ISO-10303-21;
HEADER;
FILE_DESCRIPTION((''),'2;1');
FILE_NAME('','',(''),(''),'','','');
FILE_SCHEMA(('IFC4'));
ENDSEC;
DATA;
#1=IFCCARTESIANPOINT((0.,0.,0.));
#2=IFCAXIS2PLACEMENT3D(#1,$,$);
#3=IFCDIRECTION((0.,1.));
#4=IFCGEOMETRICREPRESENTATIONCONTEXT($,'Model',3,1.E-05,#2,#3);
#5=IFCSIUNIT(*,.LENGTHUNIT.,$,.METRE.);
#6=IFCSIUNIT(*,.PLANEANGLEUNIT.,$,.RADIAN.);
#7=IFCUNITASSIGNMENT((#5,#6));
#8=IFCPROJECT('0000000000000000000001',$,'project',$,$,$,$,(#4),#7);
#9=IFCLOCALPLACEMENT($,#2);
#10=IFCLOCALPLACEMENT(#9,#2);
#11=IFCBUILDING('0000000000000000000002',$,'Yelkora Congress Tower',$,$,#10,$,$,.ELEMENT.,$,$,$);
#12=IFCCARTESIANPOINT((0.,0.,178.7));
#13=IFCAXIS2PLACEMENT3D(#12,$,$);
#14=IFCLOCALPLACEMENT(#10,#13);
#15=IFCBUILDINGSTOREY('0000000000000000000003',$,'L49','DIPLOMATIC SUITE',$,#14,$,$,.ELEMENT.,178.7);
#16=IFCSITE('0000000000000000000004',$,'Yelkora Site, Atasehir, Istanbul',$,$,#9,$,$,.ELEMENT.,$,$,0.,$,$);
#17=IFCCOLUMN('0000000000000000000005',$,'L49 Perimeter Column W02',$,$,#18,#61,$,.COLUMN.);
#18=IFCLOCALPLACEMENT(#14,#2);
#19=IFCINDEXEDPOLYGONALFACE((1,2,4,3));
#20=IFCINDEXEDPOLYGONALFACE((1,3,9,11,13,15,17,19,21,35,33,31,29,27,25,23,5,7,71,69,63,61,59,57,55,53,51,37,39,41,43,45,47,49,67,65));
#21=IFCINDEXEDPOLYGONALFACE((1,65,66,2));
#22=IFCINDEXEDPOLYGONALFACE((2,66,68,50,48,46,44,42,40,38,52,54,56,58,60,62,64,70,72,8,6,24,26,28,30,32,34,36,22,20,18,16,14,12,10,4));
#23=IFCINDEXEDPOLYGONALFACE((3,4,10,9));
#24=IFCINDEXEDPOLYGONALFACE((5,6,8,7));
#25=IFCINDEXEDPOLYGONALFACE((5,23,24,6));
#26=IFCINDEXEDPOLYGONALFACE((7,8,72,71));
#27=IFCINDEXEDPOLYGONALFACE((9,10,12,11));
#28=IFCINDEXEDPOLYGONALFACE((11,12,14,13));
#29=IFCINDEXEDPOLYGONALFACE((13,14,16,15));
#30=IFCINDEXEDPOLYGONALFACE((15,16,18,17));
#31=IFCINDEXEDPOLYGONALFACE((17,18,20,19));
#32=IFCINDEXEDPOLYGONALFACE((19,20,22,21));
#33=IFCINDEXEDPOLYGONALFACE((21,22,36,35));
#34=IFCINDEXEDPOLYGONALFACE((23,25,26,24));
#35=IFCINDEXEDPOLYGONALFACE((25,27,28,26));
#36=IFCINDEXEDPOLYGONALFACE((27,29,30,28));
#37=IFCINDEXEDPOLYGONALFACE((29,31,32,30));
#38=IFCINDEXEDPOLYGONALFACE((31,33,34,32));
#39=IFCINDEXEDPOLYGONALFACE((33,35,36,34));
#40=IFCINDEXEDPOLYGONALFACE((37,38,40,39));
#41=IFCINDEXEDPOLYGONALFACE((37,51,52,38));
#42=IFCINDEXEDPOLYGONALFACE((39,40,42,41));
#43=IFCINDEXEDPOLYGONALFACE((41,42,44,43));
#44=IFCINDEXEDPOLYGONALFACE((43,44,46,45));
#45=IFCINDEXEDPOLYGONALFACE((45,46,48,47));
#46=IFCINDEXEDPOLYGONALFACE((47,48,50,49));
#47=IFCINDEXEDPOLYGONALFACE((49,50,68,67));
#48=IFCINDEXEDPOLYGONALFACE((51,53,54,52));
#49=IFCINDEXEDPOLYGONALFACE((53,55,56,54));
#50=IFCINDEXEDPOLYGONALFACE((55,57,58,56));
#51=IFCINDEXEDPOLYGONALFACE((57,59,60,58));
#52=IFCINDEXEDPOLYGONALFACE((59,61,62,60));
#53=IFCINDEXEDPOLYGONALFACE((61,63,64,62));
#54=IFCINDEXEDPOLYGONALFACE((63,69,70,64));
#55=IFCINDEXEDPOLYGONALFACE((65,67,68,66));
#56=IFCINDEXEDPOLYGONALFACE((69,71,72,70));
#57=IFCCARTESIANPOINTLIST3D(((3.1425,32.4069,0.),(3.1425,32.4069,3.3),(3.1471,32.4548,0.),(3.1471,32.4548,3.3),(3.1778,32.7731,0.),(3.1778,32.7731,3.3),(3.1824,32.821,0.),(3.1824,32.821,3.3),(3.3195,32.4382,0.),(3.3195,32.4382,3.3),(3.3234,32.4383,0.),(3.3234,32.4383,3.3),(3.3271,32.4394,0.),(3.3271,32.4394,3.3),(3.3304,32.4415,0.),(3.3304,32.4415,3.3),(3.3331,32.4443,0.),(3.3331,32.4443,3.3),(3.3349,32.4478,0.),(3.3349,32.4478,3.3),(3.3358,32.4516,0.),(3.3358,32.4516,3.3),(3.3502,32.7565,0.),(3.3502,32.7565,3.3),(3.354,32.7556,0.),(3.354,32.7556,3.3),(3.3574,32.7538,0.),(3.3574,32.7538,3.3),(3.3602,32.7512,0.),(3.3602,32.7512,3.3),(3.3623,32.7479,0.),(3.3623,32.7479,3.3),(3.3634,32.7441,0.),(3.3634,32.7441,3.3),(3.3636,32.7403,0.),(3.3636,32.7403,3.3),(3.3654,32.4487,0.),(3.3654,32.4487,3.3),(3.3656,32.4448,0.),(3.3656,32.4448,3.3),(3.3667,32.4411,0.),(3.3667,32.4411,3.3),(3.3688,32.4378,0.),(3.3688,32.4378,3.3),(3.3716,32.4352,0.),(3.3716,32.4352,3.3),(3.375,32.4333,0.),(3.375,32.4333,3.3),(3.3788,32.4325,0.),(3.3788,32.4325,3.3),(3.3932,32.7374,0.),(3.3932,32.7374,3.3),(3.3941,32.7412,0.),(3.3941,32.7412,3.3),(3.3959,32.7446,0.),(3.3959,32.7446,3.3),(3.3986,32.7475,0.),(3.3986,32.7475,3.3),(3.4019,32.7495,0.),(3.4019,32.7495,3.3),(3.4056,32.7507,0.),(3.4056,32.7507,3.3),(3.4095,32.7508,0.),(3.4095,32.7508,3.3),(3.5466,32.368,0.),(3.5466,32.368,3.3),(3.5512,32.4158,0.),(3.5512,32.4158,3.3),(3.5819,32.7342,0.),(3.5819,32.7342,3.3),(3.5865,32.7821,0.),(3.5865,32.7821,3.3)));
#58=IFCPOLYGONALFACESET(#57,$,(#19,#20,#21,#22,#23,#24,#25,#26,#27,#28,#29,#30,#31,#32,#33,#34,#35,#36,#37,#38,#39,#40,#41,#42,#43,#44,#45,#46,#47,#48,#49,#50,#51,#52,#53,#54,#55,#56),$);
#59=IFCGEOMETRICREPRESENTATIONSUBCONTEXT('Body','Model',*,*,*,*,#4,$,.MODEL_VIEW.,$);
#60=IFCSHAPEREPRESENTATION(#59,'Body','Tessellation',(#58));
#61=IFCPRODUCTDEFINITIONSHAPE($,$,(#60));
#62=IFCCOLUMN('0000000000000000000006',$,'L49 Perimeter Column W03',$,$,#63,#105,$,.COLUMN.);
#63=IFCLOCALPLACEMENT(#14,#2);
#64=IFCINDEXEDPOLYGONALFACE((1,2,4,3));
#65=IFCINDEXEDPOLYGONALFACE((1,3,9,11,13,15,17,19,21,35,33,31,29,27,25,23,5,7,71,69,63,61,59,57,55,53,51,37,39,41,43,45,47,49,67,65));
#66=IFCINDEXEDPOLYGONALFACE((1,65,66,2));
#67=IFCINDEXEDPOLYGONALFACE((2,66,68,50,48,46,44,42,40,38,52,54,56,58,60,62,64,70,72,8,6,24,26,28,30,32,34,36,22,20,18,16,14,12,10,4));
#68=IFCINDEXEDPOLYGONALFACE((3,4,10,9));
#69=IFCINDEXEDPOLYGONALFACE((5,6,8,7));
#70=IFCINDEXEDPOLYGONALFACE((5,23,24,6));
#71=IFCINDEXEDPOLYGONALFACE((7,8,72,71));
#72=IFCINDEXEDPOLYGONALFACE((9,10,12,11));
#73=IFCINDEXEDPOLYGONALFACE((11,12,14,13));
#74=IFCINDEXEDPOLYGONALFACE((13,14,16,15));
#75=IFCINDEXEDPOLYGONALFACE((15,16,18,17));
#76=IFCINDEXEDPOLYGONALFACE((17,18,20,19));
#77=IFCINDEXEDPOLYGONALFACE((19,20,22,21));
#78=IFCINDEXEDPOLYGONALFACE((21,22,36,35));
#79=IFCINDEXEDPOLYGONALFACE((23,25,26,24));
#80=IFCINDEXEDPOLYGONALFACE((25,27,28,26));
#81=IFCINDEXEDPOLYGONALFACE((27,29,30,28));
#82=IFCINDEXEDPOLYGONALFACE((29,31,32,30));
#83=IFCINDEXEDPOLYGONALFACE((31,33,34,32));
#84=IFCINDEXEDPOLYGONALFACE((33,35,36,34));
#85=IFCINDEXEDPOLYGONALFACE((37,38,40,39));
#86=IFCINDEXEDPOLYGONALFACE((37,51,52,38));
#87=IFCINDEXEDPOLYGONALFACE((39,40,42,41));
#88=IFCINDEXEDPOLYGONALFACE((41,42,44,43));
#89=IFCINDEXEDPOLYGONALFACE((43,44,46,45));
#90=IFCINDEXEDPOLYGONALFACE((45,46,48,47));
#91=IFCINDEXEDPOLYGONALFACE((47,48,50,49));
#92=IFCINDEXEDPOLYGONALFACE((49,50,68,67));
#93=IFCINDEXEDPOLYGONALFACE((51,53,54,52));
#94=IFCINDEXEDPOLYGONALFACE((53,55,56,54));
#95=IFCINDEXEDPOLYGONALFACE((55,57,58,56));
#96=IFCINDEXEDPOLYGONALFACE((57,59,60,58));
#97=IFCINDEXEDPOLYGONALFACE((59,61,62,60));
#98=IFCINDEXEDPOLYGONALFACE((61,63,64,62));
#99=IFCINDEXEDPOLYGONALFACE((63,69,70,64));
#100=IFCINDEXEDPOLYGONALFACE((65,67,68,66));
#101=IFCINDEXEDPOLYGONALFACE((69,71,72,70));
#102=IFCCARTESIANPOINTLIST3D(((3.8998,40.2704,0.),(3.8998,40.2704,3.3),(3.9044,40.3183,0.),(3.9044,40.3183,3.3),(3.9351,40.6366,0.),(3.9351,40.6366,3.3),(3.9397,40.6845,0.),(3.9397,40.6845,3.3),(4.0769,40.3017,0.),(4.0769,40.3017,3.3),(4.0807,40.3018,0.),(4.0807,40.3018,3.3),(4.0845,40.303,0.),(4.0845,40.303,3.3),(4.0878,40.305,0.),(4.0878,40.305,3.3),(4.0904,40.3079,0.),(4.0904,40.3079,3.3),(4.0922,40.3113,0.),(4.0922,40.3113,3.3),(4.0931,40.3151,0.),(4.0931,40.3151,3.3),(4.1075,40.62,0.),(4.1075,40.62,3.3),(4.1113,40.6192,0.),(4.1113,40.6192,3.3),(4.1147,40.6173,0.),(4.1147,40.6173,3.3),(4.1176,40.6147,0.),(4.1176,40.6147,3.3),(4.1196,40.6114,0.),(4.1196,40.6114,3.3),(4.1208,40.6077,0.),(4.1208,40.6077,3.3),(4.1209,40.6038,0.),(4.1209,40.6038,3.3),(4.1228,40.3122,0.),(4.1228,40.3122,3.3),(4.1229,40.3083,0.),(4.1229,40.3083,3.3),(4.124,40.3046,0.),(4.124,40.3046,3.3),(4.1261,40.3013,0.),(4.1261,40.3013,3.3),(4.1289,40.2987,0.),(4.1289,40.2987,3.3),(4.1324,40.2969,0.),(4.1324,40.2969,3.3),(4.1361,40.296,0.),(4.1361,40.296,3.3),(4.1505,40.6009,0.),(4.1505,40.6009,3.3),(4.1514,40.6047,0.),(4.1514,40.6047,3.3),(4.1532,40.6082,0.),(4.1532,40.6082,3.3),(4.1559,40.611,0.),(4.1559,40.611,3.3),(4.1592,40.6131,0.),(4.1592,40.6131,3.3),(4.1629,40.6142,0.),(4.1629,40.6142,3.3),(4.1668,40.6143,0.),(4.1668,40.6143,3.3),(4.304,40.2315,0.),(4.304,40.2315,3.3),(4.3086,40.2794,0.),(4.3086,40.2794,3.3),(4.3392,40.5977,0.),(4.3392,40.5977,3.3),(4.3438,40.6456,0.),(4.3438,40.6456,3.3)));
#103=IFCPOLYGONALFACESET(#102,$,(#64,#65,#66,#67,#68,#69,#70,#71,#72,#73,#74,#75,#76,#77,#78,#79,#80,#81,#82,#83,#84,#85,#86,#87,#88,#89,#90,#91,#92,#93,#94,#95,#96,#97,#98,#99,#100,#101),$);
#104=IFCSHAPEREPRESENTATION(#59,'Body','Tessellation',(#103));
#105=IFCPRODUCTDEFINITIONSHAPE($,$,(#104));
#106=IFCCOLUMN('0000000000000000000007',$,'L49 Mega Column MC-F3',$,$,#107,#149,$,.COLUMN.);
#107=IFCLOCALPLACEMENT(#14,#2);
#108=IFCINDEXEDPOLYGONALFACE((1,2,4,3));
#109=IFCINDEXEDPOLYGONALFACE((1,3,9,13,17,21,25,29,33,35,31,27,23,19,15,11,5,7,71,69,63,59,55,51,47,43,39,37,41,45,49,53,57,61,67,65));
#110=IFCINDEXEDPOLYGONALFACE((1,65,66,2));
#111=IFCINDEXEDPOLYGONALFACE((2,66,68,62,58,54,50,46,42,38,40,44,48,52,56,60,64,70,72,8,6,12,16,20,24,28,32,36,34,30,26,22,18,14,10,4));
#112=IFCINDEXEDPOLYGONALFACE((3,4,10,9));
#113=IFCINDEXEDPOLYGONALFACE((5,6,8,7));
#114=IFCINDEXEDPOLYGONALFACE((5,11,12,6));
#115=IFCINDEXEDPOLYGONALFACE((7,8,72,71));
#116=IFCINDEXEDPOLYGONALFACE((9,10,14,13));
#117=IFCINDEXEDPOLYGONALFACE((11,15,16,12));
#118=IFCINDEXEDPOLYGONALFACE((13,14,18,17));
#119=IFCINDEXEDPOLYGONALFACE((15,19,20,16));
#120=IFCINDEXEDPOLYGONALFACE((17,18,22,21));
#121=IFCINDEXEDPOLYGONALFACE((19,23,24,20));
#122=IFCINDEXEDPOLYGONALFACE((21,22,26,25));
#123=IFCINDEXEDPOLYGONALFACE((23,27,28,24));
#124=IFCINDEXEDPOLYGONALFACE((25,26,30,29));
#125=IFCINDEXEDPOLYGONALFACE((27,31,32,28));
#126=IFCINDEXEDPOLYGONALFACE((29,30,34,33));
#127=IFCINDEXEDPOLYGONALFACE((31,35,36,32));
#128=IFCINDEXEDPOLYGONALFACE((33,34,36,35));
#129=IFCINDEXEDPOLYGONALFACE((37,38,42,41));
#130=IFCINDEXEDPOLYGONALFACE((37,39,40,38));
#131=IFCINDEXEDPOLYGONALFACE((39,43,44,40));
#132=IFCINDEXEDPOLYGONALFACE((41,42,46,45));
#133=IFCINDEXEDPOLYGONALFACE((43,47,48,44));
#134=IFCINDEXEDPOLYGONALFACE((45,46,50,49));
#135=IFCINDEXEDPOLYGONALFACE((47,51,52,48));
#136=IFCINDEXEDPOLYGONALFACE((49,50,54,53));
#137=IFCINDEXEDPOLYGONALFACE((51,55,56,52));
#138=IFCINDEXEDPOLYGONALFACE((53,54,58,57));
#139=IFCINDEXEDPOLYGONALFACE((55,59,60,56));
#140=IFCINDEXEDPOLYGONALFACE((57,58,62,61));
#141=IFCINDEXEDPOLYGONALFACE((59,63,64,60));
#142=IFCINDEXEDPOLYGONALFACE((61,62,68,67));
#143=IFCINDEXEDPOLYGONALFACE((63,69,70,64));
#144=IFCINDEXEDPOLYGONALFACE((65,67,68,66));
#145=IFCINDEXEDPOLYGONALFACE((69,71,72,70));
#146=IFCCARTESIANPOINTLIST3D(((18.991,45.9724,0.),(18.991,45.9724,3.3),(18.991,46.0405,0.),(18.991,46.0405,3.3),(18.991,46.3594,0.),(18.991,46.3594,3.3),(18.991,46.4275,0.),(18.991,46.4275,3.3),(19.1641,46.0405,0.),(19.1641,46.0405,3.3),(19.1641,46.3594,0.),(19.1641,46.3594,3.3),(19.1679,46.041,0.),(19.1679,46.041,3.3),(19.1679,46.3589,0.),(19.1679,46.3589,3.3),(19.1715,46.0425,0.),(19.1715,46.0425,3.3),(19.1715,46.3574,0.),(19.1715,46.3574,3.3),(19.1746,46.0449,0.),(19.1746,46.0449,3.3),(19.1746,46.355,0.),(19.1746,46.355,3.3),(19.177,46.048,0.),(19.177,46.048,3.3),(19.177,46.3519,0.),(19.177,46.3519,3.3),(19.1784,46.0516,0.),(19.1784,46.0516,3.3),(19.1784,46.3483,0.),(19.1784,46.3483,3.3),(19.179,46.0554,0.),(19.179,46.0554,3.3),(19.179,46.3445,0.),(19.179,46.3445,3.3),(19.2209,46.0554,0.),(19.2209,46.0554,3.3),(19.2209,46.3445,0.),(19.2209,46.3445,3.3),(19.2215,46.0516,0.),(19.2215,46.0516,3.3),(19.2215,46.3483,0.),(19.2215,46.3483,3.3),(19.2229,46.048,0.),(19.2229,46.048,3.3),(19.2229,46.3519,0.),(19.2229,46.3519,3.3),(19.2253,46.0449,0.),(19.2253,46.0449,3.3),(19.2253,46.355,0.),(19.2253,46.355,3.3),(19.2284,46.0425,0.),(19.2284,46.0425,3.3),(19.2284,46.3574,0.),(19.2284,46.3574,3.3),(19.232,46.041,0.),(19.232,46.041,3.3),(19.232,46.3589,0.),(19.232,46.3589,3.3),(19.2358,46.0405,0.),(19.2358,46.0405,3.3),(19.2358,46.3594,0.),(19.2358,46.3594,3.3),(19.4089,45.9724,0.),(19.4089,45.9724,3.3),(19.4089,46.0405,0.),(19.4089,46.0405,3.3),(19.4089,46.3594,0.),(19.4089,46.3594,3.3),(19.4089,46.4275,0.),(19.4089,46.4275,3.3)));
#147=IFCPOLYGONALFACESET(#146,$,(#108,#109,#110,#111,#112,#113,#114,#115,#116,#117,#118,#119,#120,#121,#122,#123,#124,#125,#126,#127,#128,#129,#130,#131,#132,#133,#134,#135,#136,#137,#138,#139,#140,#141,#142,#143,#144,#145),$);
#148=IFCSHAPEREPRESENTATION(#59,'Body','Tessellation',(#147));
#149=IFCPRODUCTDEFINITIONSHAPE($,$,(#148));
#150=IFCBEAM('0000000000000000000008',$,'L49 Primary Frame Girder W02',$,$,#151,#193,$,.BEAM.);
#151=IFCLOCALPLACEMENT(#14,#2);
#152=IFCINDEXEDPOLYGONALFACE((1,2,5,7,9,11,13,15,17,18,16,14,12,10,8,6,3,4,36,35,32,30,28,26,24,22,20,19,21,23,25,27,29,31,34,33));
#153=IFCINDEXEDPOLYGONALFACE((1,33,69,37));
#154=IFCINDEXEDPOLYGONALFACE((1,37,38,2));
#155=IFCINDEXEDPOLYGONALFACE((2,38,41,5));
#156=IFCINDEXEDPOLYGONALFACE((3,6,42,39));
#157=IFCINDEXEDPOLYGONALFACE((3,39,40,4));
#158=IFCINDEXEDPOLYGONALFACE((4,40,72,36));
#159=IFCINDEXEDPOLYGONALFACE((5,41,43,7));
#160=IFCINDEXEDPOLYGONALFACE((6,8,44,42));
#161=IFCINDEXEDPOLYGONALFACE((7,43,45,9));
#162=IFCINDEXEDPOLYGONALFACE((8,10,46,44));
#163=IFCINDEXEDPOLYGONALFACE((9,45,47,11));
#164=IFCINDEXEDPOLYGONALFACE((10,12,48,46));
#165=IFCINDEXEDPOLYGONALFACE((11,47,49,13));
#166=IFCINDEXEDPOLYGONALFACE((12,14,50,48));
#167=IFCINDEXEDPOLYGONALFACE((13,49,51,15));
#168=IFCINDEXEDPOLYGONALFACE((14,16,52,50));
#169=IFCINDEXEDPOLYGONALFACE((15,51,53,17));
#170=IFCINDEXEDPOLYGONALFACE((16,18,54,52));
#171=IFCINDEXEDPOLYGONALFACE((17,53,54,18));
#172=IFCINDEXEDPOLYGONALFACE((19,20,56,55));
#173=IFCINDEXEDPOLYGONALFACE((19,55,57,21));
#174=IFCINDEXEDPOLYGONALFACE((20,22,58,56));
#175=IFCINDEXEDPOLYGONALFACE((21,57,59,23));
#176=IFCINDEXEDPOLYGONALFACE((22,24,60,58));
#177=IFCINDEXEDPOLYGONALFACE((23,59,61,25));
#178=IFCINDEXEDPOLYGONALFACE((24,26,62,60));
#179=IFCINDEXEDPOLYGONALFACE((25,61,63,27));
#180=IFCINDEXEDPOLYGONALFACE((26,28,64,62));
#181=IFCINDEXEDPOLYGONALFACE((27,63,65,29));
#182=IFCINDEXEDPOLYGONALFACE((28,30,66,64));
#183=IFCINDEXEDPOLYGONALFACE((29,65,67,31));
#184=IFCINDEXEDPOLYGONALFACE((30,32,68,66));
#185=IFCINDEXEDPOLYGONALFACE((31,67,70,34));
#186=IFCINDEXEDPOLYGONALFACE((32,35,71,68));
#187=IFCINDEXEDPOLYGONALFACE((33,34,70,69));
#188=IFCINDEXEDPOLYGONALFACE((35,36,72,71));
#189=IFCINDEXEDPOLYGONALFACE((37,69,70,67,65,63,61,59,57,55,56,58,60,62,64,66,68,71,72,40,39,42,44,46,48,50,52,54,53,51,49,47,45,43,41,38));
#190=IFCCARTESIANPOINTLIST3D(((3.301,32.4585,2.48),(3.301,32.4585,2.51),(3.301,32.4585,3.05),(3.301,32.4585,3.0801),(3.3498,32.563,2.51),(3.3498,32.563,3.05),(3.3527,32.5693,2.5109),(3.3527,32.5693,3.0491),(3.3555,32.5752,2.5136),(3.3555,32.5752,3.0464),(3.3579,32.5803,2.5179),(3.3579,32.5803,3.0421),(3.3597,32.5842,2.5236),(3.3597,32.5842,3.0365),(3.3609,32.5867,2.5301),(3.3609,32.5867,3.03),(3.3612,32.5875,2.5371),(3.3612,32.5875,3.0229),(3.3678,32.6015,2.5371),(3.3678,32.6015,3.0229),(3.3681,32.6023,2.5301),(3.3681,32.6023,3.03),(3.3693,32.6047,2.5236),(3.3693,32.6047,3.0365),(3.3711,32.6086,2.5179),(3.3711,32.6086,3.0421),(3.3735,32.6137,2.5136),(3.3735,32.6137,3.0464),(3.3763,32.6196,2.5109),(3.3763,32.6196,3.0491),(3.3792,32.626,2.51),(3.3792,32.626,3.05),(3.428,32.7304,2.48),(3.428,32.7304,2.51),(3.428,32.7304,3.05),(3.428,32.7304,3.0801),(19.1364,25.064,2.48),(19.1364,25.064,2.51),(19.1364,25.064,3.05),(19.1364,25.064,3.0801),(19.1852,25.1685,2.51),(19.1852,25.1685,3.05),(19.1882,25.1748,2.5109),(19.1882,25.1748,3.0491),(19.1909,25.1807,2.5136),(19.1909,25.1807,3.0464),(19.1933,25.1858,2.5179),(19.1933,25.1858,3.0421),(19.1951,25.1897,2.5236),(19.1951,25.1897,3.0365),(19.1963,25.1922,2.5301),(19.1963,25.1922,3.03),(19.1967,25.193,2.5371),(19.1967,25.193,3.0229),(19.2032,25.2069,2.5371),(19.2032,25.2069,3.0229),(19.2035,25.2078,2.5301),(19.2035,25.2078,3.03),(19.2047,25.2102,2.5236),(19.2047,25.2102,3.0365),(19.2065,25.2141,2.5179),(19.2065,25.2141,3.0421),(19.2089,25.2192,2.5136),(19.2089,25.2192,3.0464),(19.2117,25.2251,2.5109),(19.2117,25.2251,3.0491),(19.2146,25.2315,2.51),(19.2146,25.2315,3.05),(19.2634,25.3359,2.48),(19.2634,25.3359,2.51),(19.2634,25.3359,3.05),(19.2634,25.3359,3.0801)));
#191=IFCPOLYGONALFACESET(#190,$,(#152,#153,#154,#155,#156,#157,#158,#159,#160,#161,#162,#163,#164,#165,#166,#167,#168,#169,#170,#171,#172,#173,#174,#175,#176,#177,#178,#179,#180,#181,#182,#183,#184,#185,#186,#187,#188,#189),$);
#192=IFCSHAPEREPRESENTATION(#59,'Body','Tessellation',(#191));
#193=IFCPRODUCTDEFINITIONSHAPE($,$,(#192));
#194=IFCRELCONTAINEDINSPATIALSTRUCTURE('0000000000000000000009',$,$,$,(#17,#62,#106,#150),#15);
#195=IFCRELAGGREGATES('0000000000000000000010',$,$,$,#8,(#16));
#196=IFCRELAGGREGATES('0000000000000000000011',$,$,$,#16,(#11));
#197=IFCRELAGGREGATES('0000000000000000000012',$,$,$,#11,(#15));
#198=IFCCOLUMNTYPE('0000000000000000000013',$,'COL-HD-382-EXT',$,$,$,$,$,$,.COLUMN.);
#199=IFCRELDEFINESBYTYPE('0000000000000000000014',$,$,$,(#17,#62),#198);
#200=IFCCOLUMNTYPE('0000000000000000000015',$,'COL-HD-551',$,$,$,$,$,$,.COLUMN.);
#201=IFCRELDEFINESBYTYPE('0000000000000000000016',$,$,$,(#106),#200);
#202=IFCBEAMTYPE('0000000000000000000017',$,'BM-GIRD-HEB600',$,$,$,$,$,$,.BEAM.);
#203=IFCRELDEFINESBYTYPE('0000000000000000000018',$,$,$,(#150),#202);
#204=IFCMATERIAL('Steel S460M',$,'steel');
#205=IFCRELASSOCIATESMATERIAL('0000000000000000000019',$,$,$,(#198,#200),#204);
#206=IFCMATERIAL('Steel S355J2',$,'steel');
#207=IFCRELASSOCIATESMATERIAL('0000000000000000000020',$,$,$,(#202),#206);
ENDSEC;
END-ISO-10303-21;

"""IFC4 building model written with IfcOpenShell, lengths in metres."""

from ifc_helpers import new_model, si_unit, direction, frame, origin, origin_2d, place, context, subcontext, project, spatial, i_section, extrude, material, material_profile, profile_set, type_object, element, save


model = new_model("IFC4")

# Units and contexts
model_context = context("Model", 3, precision=1e-05, world=origin(), true_north=direction((0.0, 1.0)))
body_context = subcontext(model_context, "Body", "Model", "MODEL_VIEW")
ifc_project = project(units=[si_unit("LENGTHUNIT", "METRE"), si_unit("PLANEANGLEUNIT", "RADIAN")], contexts=[model_context])

# Site, building, storey
site_placement = place(None, origin())
site = spatial("IfcSite", under=ifc_project, at=site_placement, Name="Yelkora Site, Atasehir, Istanbul", CompositionType="ELEMENT", RefElevation=0.0)
building_placement = place(site_placement, origin())
building = spatial("IfcBuilding", under=site, at=building_placement, Name="Yelkora Congress Tower", CompositionType="ELEMENT")
storey_placement = place(building_placement, frame((0.0, 0.0, 178.7)))
storey = spatial("IfcBuildingStorey", under=building, at=storey_placement, Name="L49", Description="DIPLOMATIC SUITE", CompositionType="ELEMENT", Elevation=178.7)

# Columns
ifc_material_1 = material(Name="Steel S460M", Category="steel")
ifc_material_profile_1 = material_profile(ifc_material_1, i_section(OverallWidth=0.406, OverallDepth=0.416, WebThickness=0.0298, FlangeThickness=0.0481, FilletRadius=0.0149, at=origin_2d()), Name="HD 400x382")
ifc_profile_set_1 = profile_set([ifc_material_profile_1], Name="Steel S460M")
column_type_1 = type_object("IfcColumnType", Name="COL-HD-382-EXT", PredefinedType="COLUMN", material=ifc_profile_set_1)
for number, where, z_axis, x_axis, name in (
    (1, (3.3645, 32.5945, 0.0), (0.0, 0.0, 1.0), (0.995396, -0.095846, 0.0), "L49 Perimeter Column W02"),
    (2, (4.1218, 40.458, 0.0), (0.0, 0.0, 1.0), (0.995396, -0.095846, 0.0), "L49 Perimeter Column W03"),
):
    element("IfcColumn", number, at=place(storey_placement, frame(where, z_axis=z_axis, x_axis=x_axis)), inside=storey, type_object=column_type_1, Name=name, PredefinedType="COLUMN", context=body_context, shape_type="SweptSolid", body=[
        extrude(i_section(OverallWidth=0.406, OverallDepth=0.416, WebThickness=0.0298, FlangeThickness=0.0481, FilletRadius=0.0149, at=origin_2d()), origin(), (0.0, 0.0, 1.0), 3.3),
    ])
ifc_material_profile_2 = material_profile(ifc_material_1, i_section(OverallWidth=0.418, OverallDepth=0.4551, WebThickness=0.042, FlangeThickness=0.0681, FilletRadius=0.0149, at=origin_2d()), Name="HD 400x551")
ifc_profile_set_2 = profile_set([ifc_material_profile_2], Name="Steel S460M")
column_type_2 = type_object("IfcColumnType", Name="COL-HD-551", PredefinedType="COLUMN", material=ifc_profile_set_2)
column_placement = place(storey_placement, frame((19.2, 46.2, 0.0), z_axis=(0.0, 0.0, 1.0), x_axis=(1.0, 0.0, 0.0)))
element("IfcColumn", 3, at=column_placement, inside=storey, type_object=column_type_2, Name="L49 Mega Column MC-F3", PredefinedType="COLUMN", context=body_context, shape_type="SweptSolid", body=[
    extrude(i_section(OverallWidth=0.418, OverallDepth=0.4551, WebThickness=0.042, FlangeThickness=0.0681, FilletRadius=0.0149, at=origin_2d()), origin(), (0.0, 0.0, 1.0), 3.3),
])

# Beam
ifc_material_2 = material(Name="Steel S355J2", Category="steel")
ifc_material_profile_3 = material_profile(ifc_material_2, i_section(OverallWidth=0.3, OverallDepth=0.6001, WebThickness=0.0154, FlangeThickness=0.03, FilletRadius=0.0271, at=origin_2d()), Name="HEB 600")
ifc_profile_set_3 = profile_set([ifc_material_profile_3], Name="Steel S355J2")
beam_type_1 = type_object("IfcBeamType", Name="BM-GIRD-HEB600", PredefinedType="BEAM", material=ifc_profile_set_3)
beam_1_placement = place(storey_placement, frame((3.3645, 32.5945, 2.78), z_axis=(0.906081, -0.423104, 0.0), x_axis=(0.423104, 0.906081, 0.0)))
element("IfcBeam", 4, at=beam_1_placement, inside=storey, type_object=beam_type_1, Name="L49 Primary Frame Girder W02", PredefinedType="BEAM", context=body_context, shape_type="SweptSolid", body=[
    extrude(i_section(OverallWidth=0.3, OverallDepth=0.6001, WebThickness=0.0154, FlangeThickness=0.03, FilletRadius=0.0271, at=origin_2d()), origin(), (0.0, 0.0, 1.0), 17.4768),
])

save(model, "model.ifc")
